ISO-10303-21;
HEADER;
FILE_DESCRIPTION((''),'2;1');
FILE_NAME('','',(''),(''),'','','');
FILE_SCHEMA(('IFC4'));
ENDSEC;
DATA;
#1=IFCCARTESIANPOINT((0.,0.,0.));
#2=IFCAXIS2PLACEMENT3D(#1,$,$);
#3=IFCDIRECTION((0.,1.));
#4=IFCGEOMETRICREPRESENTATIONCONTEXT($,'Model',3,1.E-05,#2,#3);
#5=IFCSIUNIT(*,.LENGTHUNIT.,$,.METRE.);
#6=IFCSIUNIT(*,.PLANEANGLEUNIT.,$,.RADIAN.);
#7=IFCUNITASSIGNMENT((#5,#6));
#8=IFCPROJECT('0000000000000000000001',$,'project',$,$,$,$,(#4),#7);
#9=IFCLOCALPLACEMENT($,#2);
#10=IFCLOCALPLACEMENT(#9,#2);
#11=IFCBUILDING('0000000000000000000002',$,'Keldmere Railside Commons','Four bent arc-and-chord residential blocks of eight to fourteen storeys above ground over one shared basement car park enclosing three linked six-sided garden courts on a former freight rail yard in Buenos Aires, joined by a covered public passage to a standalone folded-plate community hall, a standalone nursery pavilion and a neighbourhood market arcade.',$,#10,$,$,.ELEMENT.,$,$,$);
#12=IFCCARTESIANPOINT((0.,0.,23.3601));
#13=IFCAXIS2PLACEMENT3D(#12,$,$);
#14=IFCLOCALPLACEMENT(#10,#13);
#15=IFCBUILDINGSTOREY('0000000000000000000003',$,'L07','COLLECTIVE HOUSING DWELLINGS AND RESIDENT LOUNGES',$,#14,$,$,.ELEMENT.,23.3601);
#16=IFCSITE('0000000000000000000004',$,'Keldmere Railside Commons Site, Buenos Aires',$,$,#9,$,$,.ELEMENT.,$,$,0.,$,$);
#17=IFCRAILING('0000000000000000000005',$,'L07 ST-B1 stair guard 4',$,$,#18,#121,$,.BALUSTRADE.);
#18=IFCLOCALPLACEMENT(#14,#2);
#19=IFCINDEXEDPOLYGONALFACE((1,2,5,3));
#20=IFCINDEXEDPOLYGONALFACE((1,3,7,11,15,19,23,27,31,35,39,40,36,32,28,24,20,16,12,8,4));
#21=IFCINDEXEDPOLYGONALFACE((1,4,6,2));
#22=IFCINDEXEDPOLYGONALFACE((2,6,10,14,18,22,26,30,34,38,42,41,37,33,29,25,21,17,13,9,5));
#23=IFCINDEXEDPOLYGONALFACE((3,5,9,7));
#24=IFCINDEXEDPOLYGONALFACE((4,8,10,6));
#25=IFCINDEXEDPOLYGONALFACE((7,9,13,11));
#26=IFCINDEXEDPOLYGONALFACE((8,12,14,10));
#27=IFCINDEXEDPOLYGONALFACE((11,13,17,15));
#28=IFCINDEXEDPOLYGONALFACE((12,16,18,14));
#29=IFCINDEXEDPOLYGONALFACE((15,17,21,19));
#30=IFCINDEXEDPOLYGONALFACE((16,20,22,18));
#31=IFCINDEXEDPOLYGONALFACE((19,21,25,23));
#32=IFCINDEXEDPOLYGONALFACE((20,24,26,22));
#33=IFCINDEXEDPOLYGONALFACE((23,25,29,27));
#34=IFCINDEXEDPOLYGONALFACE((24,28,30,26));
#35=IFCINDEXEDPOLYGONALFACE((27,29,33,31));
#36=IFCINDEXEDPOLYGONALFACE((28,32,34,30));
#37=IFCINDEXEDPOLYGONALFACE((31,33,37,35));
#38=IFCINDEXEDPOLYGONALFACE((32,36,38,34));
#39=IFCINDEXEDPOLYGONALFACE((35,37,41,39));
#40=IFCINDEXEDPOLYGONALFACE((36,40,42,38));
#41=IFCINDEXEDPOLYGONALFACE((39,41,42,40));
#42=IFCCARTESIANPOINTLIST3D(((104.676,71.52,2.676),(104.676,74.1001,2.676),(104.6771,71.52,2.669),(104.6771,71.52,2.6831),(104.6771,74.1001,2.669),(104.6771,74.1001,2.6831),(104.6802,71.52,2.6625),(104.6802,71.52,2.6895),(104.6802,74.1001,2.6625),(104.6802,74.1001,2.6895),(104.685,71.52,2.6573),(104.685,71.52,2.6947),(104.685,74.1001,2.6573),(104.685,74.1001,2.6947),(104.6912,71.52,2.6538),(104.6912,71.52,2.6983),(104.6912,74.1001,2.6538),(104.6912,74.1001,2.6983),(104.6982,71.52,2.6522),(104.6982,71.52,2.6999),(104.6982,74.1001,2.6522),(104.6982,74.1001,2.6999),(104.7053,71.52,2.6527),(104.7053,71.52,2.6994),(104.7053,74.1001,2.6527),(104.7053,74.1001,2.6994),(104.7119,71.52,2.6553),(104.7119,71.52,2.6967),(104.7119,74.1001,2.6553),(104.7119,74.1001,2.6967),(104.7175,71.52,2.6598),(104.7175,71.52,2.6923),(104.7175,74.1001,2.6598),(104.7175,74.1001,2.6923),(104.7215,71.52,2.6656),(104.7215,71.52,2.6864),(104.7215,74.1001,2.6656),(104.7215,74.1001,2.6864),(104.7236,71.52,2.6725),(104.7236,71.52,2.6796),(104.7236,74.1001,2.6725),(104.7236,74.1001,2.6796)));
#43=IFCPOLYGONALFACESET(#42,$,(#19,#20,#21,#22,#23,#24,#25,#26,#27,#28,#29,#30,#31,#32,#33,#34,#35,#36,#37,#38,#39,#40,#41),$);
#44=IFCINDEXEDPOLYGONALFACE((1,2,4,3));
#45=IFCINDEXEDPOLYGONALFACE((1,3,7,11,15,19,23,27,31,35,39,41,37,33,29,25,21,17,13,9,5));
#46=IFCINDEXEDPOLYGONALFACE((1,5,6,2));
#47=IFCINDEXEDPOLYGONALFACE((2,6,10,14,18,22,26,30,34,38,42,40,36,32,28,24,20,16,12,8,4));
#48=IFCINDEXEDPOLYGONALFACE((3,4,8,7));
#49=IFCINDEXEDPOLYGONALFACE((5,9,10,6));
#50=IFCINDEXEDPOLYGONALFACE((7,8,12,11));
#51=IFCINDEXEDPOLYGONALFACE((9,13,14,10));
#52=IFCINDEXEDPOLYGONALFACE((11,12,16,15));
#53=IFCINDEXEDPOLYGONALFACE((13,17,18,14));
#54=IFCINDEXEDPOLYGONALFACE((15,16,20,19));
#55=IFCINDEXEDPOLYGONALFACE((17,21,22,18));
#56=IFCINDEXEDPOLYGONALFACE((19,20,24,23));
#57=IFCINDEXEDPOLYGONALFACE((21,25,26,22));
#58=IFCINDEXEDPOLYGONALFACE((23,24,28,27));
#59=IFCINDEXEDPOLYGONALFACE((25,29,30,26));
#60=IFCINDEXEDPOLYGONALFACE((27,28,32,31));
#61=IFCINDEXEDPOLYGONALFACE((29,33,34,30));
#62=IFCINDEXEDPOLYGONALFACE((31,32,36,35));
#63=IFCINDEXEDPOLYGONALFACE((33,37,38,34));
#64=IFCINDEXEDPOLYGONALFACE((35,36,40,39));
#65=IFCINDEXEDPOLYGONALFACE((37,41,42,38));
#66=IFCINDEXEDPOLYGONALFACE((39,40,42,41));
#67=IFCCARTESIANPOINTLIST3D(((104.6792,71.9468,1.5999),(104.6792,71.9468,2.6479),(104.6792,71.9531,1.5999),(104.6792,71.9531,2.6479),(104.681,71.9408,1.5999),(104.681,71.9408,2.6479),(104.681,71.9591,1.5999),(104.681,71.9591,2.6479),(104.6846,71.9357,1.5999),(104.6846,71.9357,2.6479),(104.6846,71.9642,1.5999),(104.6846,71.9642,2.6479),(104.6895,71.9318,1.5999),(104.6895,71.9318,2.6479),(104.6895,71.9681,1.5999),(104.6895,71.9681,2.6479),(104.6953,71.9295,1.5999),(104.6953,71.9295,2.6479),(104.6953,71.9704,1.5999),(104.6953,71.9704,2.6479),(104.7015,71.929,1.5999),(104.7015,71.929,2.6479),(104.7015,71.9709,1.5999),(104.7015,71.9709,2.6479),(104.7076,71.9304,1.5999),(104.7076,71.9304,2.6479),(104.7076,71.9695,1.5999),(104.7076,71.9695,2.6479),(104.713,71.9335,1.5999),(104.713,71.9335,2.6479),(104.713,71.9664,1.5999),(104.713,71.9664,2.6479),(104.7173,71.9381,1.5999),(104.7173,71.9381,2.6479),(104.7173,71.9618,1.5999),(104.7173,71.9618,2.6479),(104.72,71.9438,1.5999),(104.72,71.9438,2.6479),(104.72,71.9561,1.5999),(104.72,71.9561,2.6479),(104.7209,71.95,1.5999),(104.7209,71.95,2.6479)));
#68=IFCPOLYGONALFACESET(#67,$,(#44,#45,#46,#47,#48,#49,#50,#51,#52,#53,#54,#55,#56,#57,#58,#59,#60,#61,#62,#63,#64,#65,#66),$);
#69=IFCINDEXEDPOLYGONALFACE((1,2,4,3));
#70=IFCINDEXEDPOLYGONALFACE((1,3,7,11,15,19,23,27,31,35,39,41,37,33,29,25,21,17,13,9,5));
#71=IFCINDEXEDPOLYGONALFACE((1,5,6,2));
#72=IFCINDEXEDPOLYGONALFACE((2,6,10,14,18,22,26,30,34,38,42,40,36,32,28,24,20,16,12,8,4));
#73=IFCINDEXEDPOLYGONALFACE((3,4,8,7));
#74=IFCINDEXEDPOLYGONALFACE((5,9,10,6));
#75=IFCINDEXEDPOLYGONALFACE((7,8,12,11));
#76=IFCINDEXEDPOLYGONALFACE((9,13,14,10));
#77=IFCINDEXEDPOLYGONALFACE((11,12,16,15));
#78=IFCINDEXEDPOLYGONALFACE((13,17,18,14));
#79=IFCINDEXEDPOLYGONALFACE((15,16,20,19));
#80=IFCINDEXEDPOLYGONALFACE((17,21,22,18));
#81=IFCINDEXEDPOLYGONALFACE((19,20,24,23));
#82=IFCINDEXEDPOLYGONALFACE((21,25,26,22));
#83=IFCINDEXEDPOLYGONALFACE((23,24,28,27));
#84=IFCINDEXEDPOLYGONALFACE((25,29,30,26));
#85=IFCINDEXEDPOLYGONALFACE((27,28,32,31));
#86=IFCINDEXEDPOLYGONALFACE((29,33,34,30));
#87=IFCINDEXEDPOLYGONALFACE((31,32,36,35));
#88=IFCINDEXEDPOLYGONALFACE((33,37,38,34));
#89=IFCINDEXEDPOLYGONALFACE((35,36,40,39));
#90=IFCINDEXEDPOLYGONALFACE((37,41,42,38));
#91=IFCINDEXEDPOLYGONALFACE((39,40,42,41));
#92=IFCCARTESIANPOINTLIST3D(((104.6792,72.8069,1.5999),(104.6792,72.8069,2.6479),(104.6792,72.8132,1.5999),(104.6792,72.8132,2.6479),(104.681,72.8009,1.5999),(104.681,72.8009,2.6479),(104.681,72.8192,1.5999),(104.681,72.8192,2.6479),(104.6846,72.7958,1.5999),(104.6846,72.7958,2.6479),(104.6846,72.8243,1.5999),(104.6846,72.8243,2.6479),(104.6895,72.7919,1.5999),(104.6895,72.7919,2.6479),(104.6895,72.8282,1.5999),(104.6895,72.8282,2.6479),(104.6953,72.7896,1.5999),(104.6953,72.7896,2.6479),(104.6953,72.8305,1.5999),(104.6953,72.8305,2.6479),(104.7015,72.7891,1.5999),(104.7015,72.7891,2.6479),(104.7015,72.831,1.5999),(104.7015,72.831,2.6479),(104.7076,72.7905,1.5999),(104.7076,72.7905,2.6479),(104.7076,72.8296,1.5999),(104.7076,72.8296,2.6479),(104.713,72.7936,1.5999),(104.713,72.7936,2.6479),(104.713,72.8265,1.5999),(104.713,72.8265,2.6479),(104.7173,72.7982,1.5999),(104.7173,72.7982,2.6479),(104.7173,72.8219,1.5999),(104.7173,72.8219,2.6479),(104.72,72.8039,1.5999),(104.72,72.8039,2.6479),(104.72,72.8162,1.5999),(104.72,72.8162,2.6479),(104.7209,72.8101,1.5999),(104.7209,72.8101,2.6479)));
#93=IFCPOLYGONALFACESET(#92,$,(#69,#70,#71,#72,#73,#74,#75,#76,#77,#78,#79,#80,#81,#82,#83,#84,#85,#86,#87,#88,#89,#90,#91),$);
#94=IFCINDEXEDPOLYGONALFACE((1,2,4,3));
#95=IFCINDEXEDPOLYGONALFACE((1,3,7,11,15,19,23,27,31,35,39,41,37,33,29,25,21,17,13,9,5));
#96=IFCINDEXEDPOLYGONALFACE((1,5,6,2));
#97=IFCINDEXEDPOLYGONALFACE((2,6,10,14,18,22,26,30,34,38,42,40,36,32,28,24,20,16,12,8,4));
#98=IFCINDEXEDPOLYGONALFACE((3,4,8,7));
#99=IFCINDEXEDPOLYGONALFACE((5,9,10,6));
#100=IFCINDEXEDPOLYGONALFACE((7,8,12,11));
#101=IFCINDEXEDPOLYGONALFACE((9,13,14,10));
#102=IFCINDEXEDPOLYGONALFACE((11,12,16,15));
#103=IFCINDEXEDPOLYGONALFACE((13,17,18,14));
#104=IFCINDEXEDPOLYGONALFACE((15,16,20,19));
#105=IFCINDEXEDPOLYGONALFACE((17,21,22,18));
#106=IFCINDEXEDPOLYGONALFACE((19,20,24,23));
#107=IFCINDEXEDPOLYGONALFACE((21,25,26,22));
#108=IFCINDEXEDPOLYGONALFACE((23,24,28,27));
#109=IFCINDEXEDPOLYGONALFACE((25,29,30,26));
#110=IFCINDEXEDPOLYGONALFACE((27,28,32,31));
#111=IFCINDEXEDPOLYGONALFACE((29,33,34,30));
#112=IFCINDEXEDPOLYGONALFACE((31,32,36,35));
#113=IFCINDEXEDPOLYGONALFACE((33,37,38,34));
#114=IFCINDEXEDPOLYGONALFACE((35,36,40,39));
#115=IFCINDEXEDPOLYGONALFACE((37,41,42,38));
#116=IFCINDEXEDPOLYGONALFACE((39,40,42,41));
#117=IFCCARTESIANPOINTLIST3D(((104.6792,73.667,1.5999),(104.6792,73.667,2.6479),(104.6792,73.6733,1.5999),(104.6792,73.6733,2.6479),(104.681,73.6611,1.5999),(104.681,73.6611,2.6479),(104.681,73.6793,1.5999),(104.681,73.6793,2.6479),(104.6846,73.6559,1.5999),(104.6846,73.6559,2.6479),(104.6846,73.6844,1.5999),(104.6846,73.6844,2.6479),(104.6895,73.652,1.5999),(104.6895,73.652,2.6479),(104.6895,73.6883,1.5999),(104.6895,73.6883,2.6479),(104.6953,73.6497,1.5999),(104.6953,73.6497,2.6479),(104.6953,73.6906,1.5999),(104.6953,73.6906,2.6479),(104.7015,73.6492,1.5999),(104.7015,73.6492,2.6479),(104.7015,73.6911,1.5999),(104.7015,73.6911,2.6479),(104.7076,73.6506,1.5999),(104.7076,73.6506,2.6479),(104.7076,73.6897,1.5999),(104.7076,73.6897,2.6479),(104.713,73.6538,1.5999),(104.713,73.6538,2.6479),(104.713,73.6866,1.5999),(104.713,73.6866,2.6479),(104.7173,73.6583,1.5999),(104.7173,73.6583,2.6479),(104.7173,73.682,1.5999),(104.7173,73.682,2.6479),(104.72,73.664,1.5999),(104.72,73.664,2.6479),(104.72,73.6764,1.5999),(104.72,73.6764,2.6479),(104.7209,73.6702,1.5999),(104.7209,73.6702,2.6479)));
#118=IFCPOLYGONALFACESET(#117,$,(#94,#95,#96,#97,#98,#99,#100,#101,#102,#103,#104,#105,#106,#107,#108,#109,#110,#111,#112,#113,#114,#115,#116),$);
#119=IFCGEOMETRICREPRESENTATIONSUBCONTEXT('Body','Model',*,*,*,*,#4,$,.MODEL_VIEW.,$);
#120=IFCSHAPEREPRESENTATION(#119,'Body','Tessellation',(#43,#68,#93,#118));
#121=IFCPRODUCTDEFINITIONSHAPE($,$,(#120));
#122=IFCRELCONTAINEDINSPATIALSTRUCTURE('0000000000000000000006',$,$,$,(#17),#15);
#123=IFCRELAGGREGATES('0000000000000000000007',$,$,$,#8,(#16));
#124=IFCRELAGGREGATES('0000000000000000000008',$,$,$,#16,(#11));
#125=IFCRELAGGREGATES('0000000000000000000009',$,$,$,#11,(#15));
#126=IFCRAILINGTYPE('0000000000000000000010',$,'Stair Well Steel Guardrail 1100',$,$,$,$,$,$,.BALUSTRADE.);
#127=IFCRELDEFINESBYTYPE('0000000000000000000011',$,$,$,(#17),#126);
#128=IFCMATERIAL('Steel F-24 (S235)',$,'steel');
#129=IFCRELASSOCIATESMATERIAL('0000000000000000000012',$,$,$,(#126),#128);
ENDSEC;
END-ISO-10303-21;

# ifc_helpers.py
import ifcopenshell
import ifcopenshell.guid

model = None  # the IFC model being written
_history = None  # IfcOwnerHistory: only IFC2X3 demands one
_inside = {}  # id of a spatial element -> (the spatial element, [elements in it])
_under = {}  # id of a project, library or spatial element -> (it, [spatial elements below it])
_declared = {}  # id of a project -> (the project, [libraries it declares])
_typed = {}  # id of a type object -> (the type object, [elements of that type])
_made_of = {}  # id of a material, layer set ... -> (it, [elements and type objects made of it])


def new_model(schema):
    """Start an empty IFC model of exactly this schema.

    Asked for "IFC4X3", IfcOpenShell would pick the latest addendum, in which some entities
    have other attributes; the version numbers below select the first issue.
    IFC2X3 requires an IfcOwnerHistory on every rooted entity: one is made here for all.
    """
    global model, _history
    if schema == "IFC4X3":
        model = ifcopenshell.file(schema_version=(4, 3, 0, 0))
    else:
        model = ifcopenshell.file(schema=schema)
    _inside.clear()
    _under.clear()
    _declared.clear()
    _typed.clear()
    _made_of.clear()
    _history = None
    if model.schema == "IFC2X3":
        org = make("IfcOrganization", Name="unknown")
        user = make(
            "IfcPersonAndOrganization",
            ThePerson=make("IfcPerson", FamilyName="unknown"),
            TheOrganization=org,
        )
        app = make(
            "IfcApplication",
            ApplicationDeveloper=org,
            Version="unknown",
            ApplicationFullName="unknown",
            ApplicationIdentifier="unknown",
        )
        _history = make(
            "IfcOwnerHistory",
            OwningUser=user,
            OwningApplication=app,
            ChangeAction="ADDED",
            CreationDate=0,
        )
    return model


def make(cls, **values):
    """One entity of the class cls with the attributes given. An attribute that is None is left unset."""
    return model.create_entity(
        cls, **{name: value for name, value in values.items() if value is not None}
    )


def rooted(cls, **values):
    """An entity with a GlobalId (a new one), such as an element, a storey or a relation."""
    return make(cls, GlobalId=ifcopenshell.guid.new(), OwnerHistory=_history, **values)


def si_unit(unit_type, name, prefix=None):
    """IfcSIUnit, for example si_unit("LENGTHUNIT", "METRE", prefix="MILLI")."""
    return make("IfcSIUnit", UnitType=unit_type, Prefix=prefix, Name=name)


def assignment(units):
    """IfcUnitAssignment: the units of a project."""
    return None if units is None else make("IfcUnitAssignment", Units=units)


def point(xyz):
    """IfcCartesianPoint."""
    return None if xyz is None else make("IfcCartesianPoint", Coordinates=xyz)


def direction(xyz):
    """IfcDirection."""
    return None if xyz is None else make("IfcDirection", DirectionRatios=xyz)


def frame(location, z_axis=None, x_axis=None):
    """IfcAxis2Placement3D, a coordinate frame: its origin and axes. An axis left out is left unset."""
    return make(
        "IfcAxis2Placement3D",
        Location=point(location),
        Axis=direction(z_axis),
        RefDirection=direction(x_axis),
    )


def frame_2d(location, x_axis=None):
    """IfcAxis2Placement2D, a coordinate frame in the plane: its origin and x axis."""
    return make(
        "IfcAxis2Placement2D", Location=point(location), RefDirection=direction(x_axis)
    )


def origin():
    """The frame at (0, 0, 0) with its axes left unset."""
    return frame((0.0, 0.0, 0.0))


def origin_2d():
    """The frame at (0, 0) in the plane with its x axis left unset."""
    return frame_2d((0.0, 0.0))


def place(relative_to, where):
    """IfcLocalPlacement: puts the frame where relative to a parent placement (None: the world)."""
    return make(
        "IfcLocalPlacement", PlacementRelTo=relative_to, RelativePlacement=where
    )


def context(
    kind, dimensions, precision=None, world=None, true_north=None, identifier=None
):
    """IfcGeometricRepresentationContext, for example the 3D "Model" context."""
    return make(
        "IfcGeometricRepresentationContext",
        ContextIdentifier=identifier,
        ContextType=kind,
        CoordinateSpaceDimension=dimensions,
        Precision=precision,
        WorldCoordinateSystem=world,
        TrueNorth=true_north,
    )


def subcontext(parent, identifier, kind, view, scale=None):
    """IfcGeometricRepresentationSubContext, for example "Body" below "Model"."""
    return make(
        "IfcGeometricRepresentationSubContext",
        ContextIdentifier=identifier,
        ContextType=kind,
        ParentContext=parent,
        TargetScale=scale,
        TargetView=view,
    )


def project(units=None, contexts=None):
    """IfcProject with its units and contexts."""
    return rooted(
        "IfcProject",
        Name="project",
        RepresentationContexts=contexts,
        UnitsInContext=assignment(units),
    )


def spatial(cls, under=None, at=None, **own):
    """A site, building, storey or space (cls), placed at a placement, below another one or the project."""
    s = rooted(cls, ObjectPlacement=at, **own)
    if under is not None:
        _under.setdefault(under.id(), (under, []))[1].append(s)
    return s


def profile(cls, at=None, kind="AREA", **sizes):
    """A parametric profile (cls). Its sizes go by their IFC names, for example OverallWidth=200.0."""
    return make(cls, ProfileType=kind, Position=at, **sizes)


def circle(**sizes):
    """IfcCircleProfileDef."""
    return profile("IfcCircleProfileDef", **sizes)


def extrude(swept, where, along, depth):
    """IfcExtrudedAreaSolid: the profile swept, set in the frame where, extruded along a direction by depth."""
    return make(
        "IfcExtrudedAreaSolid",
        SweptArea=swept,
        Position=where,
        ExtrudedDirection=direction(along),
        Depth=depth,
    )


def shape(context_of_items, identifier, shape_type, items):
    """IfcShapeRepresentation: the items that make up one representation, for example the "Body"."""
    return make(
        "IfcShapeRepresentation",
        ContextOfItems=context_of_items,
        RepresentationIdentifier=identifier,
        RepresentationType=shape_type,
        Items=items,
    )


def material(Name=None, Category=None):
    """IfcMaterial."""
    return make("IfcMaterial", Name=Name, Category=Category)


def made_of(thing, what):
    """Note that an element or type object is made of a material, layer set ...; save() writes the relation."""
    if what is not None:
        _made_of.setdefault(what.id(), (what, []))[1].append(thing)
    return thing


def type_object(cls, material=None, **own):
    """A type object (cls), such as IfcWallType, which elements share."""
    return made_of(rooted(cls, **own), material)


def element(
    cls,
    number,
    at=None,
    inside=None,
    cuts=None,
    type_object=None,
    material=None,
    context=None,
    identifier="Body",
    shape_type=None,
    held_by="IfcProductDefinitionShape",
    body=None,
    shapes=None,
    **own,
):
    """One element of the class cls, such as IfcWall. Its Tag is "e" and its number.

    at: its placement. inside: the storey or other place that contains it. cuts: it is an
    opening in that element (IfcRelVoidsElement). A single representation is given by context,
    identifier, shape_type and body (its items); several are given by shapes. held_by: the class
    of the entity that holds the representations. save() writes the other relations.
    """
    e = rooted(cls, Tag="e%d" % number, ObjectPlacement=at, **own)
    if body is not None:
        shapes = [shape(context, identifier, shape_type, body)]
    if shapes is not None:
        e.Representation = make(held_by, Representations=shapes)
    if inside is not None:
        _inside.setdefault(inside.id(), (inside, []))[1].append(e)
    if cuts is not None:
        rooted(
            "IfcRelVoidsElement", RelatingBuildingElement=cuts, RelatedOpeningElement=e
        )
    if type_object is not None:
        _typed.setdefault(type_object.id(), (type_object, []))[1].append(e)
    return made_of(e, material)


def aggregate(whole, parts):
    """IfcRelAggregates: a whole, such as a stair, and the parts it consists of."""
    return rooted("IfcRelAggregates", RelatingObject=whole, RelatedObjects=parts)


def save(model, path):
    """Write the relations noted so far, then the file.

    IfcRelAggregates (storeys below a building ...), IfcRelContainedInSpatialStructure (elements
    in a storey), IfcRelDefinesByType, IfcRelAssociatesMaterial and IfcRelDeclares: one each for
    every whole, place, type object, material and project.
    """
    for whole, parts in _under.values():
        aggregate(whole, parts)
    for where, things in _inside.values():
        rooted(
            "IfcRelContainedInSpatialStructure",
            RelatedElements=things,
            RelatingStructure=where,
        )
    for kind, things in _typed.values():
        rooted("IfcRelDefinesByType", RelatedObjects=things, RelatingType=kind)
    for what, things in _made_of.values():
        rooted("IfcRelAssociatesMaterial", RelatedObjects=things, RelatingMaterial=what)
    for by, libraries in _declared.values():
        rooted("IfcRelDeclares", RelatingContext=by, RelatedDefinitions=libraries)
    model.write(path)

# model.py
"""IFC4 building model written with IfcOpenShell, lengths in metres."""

from ifc_helpers import new_model, si_unit, direction, frame, origin, origin_2d, place, context, subcontext, project, spatial, circle, extrude, material, type_object, element, save


model = new_model("IFC4")

# Units and contexts
model_context = context("Model", 3, precision=1e-05, world=origin(), true_north=direction((0.0, 1.0)))
body_context = subcontext(model_context, "Body", "Model", "MODEL_VIEW")
ifc_project = project(units=[si_unit("LENGTHUNIT", "METRE"), si_unit("PLANEANGLEUNIT", "RADIAN")], contexts=[model_context])

# Site, building, storey
site_placement = place(None, origin())
site = spatial("IfcSite", under=ifc_project, at=site_placement, Name="Keldmere Railside Commons Site, Buenos Aires", CompositionType="ELEMENT", RefElevation=0.0)
building_placement = place(site_placement, origin())
building = spatial("IfcBuilding", under=site, at=building_placement, Name="Keldmere Railside Commons", Description="Four bent arc-and-chord residential blocks of eight to fourteen storeys above ground over one shared basement car park enclosing three linked six-sided garden courts on a former freight rail yard in Buenos Aires, joined by a covered public passage to a standalone folded-plate community hall, a standalone nursery pavilion and a neighbourhood market arcade.", CompositionType="ELEMENT")
storey_placement = place(building_placement, frame((0.0, 0.0, 23.3601)))
storey = spatial("IfcBuildingStorey", under=building, at=storey_placement, Name="L07", Description="COLLECTIVE HOUSING DWELLINGS AND RESIDENT LOUNGES", CompositionType="ELEMENT", Elevation=23.3601)

# Shared definitions
ifc_material_1 = material(Name="Steel F-24 (S235)", Category="steel")

# Railing
railing_type_1 = type_object("IfcRailingType", Name="Stair Well Steel Guardrail 1100", PredefinedType="BALUSTRADE", material=ifc_material_1)
railing_1_placement = place(storey_placement, frame((104.7, 71.52, 1.5999)))
element("IfcRailing", 1, at=railing_1_placement, inside=storey, type_object=railing_type_1, Name="L07 ST-B1 stair guard 4", PredefinedType="BALUSTRADE", context=body_context, shape_type="SweptSolid", body=[
    extrude(circle(Radius=0.0239, at=origin_2d()), frame((0.0, 0.0, 1.0762), z_axis=(0.0, 1.0, 0.0), x_axis=(-1.0, 0.0, 0.0)), (0.0, 0.0, 1.0), 2.5801),
    extrude(circle(Radius=0.021, at=origin_2d()), frame((0.0, 0.4299, 0.0)), (0.0, 0.0, 1.0), 1.0481),
    extrude(circle(Radius=0.021, at=origin_2d()), frame((0.0, 1.29, 0.0)), (0.0, 0.0, 1.0), 1.0481),
    extrude(circle(Radius=0.021, at=origin_2d()), frame((0.0, 2.1501, 0.0)), (0.0, 0.0, 1.0), 1.0481),
])

save(model, "model.ifc")
